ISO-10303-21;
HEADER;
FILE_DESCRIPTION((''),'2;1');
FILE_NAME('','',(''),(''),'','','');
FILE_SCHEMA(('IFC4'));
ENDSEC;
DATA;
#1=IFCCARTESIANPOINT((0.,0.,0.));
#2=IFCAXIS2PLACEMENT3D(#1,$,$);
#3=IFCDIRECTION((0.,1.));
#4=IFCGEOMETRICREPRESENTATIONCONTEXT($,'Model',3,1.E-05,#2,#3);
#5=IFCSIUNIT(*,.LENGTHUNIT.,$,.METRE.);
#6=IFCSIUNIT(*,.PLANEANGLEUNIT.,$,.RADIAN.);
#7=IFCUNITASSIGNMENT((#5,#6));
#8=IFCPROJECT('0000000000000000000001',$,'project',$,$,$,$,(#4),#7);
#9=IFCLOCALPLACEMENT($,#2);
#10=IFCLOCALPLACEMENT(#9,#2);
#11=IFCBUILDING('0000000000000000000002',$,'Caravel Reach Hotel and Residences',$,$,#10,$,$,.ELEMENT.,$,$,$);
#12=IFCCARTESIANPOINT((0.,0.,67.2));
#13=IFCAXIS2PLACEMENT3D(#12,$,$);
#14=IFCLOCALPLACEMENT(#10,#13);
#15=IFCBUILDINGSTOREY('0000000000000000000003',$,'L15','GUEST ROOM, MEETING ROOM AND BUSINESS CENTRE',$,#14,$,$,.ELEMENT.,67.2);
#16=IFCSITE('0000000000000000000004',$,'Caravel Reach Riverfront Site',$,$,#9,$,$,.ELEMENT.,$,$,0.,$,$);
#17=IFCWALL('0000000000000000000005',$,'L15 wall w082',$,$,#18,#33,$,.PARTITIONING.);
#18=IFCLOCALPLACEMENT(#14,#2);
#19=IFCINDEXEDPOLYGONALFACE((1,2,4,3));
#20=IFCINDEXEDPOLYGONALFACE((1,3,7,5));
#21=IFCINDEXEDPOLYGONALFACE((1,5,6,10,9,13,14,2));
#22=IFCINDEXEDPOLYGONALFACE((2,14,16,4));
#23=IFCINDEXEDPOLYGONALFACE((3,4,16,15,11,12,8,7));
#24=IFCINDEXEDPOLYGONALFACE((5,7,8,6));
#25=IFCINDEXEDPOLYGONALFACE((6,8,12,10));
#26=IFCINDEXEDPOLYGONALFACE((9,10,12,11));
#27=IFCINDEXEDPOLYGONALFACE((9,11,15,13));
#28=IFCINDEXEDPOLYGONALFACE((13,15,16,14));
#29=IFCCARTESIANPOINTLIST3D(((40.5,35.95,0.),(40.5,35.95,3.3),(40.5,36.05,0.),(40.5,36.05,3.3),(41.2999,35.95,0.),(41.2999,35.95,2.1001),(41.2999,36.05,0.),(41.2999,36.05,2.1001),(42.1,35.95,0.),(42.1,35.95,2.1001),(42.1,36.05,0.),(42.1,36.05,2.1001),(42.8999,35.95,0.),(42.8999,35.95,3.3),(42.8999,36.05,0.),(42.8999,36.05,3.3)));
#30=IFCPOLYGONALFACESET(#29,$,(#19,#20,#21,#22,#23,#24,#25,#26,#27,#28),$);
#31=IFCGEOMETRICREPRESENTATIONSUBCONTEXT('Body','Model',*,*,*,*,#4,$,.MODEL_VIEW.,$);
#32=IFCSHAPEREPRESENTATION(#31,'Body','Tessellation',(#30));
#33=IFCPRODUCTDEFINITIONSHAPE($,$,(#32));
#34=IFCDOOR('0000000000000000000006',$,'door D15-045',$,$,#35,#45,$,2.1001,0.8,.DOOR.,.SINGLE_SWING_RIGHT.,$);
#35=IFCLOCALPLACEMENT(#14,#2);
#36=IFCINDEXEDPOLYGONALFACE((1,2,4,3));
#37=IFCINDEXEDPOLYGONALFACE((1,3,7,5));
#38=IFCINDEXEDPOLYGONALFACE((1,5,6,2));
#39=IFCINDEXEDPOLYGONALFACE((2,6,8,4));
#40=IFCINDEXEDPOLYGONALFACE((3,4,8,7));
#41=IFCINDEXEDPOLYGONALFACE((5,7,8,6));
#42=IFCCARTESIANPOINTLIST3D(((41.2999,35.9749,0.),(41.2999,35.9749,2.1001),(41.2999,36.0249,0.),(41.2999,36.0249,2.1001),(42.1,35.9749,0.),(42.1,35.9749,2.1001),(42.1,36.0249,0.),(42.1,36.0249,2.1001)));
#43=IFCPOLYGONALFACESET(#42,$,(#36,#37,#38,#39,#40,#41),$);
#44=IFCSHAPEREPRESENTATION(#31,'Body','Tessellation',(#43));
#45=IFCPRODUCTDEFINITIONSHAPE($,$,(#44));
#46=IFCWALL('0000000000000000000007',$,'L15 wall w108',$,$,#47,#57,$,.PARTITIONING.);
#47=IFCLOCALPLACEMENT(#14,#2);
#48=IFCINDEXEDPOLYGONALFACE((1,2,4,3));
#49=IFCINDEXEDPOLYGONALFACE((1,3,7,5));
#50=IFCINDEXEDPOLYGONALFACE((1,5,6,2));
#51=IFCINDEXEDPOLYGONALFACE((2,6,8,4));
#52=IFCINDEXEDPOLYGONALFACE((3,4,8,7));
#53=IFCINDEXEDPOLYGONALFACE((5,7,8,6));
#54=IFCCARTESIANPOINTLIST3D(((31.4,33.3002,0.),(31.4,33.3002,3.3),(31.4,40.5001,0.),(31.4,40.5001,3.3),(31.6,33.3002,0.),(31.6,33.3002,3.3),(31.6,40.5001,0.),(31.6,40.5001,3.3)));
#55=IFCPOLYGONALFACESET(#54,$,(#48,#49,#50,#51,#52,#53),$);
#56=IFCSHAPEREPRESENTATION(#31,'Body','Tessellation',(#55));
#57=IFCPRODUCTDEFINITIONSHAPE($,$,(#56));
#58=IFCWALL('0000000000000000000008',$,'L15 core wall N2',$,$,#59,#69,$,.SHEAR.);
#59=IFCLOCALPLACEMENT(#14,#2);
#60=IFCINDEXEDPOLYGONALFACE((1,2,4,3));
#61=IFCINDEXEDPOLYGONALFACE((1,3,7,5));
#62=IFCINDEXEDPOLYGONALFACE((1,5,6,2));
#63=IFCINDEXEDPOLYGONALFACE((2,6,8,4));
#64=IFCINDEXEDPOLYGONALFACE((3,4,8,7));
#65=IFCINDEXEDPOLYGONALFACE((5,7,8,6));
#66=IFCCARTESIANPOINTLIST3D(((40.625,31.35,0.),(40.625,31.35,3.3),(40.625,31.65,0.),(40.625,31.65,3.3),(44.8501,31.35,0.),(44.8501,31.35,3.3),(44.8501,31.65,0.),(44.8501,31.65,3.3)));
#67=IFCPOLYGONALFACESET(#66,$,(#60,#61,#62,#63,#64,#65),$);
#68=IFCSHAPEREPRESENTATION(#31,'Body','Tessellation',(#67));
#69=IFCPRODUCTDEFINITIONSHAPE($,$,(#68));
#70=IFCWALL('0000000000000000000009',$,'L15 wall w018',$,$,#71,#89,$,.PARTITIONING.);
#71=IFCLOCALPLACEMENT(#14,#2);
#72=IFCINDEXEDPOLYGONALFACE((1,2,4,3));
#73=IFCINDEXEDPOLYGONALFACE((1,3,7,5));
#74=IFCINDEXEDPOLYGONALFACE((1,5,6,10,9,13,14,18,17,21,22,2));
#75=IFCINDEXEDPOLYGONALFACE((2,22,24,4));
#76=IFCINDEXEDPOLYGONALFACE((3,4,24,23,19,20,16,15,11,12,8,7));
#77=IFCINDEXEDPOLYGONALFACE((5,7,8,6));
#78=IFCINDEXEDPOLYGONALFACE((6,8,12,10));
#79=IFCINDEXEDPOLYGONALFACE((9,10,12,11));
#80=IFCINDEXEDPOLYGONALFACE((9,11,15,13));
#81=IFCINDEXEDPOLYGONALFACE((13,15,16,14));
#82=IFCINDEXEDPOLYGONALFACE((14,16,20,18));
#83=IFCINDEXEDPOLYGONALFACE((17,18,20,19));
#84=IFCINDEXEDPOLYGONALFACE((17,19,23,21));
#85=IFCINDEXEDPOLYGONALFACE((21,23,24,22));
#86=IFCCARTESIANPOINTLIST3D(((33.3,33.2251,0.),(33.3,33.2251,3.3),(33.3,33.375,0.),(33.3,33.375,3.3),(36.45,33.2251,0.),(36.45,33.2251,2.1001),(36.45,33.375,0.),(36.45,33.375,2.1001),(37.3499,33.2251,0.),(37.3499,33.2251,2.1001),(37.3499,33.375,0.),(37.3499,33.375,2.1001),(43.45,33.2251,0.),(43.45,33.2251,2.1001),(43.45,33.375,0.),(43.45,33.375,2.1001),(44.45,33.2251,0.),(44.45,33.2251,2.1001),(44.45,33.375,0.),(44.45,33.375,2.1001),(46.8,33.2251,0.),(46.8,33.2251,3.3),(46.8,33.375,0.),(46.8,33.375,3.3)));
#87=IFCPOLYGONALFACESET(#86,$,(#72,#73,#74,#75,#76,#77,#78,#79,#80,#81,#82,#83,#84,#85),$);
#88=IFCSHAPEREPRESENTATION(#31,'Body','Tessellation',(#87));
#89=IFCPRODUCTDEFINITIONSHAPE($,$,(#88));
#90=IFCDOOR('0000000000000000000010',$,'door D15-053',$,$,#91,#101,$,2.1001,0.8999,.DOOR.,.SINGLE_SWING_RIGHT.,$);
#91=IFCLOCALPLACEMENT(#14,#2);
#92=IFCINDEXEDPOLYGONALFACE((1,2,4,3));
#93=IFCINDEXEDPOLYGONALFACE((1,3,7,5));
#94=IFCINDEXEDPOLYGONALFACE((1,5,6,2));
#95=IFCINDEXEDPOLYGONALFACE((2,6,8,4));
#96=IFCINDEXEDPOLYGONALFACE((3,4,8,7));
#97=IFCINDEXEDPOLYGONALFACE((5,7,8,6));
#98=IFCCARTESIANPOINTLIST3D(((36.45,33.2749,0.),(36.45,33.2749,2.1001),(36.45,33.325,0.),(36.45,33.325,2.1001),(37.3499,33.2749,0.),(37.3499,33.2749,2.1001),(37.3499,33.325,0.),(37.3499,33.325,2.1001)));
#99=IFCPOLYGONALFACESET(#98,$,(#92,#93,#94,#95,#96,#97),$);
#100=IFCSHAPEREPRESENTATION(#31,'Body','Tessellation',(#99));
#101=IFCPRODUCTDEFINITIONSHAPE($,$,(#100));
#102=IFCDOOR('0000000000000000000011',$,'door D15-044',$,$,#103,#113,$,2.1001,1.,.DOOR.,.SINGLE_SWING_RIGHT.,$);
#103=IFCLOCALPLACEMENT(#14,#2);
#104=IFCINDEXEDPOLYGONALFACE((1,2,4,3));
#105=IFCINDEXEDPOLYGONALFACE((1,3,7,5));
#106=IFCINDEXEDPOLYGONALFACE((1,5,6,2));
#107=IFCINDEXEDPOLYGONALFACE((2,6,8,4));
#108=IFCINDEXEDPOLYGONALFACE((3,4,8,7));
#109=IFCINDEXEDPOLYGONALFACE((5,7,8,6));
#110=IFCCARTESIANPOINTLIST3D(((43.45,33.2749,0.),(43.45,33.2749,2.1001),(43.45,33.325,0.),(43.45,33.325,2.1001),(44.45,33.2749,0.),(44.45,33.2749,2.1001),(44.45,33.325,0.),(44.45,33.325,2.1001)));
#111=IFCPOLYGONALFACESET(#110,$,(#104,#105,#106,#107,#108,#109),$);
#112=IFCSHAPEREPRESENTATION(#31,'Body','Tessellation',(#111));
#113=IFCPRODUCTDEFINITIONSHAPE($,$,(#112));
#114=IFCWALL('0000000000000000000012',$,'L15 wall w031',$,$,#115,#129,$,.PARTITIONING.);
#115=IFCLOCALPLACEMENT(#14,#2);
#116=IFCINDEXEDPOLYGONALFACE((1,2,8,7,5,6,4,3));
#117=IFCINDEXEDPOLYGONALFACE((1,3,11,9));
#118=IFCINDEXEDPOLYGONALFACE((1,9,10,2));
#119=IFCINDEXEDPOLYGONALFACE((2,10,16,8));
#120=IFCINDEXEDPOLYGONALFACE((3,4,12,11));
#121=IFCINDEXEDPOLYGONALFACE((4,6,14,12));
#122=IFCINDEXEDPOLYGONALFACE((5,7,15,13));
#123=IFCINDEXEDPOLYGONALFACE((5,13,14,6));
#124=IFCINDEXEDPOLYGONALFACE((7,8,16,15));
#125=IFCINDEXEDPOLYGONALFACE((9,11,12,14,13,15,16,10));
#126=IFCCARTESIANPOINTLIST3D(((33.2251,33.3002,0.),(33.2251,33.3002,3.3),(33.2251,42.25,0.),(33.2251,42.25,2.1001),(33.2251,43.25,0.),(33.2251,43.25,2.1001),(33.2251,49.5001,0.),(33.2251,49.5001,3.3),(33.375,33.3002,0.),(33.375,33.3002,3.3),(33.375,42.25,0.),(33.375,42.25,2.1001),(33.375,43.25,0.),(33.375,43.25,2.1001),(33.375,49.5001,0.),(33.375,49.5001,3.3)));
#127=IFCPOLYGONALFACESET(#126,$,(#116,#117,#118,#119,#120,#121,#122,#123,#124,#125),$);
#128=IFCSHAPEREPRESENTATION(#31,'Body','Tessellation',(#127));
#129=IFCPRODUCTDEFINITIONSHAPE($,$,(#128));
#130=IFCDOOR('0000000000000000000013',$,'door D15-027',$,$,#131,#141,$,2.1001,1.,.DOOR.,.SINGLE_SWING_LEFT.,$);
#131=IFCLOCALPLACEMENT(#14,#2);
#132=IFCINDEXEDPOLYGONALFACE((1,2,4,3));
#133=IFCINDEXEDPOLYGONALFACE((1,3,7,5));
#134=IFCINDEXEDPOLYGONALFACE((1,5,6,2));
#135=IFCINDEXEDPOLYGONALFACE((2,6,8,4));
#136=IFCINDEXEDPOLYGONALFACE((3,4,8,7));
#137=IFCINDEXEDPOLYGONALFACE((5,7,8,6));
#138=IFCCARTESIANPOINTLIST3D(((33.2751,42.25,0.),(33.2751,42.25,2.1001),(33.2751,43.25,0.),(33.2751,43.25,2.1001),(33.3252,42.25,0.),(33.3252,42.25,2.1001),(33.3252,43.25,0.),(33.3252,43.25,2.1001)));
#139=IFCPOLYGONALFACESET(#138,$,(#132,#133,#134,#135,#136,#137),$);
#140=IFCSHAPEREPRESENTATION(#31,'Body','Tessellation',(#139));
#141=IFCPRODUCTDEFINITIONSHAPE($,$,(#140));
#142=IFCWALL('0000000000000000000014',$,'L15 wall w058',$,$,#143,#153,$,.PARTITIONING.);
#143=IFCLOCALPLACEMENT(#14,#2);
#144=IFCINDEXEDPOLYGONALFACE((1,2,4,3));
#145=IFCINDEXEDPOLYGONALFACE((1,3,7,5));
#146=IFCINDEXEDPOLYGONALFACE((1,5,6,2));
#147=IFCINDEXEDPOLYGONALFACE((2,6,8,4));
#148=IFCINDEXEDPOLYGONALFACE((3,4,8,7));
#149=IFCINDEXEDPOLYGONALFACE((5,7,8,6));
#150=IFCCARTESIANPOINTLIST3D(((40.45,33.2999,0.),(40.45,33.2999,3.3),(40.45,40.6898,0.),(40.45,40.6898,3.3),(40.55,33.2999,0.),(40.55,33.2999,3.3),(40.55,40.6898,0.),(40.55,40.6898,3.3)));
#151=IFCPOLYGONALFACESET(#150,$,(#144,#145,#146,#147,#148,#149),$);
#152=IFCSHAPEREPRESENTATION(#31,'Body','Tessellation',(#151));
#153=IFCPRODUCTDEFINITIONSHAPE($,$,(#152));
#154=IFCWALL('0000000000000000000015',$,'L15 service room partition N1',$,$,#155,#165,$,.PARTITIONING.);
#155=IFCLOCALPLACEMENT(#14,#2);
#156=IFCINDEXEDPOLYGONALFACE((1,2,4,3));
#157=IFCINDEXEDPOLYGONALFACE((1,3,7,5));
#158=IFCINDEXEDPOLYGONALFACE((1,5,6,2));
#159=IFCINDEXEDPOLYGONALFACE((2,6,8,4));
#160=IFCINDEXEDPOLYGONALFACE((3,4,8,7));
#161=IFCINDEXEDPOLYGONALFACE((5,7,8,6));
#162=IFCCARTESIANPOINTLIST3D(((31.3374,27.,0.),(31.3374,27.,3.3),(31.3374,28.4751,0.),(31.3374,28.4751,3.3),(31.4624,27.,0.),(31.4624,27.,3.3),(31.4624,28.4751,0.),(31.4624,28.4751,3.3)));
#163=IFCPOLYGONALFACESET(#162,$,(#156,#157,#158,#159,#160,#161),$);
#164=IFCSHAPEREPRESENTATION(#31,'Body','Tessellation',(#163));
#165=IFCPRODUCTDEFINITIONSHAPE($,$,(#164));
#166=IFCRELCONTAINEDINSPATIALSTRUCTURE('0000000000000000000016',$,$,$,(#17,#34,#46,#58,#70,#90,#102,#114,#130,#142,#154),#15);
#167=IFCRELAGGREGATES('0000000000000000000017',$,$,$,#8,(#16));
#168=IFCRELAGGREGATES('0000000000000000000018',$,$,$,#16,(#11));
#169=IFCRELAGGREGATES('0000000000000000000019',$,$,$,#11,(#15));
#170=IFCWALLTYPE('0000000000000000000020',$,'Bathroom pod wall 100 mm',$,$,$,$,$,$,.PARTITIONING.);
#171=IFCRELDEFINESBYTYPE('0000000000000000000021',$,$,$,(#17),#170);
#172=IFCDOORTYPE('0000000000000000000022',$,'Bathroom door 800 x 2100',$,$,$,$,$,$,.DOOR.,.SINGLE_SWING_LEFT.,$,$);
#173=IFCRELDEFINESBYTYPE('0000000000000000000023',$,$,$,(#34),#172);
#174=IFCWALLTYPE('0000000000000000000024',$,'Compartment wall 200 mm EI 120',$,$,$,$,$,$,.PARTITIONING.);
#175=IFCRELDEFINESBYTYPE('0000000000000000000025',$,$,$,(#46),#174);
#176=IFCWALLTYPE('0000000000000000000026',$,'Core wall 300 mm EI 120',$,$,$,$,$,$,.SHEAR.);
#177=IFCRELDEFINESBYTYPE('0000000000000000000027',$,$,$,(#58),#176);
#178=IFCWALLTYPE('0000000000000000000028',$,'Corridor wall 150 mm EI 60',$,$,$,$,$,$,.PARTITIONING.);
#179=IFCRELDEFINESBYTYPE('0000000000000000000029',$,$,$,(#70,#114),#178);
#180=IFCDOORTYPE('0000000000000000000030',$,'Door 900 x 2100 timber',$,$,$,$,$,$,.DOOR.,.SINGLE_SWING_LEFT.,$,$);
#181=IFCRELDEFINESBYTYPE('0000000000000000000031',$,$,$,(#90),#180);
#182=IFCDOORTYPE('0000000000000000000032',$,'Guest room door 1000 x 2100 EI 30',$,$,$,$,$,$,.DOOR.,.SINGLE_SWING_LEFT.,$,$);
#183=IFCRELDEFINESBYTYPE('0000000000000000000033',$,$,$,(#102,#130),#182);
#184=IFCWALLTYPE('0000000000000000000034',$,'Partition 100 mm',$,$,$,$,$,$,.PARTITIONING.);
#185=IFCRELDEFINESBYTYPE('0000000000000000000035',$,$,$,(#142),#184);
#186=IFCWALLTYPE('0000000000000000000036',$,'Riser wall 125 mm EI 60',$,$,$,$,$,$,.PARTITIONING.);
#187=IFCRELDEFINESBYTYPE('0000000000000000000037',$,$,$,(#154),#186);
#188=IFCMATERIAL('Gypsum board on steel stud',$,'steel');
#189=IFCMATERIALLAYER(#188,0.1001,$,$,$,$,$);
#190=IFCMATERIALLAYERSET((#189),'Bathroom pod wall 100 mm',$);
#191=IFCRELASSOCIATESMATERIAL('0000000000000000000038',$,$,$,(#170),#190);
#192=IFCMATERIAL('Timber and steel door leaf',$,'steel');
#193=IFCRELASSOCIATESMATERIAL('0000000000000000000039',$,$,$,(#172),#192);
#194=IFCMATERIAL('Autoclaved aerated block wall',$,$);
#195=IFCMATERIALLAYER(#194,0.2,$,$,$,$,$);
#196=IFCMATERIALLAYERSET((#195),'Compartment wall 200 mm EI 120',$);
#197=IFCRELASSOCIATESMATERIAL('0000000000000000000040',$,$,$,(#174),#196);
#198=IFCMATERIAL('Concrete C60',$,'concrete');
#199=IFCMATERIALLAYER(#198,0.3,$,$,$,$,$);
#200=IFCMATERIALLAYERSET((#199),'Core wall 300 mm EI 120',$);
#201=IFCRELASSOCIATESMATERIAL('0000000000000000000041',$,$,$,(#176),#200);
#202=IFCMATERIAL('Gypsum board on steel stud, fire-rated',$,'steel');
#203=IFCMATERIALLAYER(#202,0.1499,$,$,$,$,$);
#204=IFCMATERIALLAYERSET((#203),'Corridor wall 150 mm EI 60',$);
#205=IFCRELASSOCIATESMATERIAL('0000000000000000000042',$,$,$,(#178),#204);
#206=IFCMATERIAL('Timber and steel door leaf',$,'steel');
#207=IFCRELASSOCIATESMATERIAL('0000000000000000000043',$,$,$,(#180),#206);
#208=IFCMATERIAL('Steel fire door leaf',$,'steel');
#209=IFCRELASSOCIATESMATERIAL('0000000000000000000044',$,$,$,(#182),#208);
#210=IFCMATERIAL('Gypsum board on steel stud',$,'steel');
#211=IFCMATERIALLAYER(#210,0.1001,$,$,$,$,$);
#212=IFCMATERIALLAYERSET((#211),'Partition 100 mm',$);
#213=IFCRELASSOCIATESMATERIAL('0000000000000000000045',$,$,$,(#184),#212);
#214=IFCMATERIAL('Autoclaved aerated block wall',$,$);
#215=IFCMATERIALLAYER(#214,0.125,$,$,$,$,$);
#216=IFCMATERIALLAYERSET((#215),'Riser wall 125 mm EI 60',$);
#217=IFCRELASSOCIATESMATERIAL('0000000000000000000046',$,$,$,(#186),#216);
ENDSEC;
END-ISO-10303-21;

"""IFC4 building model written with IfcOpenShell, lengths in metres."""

from ifc_helpers import new_model, si_unit, direction, frame, frame_2d, origin, place, context, subcontext, project, spatial, rectangle, extrude, material, layer, layer_set, type_object, element, fill, save


model = new_model("IFC4")

# Units and contexts
model_context = context("Model", 3, precision=1e-05, world=origin(), true_north=direction((0.0, 1.0)))
body_context = subcontext(model_context, "Body", "Model", "MODEL_VIEW")
ifc_project = project(units=[si_unit("LENGTHUNIT", "METRE"), si_unit("PLANEANGLEUNIT", "RADIAN")], contexts=[model_context])

# Site, building, storey
site_placement = place(None, origin())
site = spatial("IfcSite", under=ifc_project, at=site_placement, Name="Caravel Reach Riverfront Site", CompositionType="ELEMENT", RefElevation=0.0)
building_placement = place(site_placement, origin())
building = spatial("IfcBuilding", under=site, at=building_placement, Name="Caravel Reach Hotel and Residences", CompositionType="ELEMENT")
storey_placement = place(building_placement, frame((0.0, 0.0, 67.2)))
storey = spatial("IfcBuildingStorey", under=building, at=storey_placement, Name="L15", Description="GUEST ROOM, MEETING ROOM AND BUSINESS CENTRE", CompositionType="ELEMENT", Elevation=67.2)

# Wall, opening, door
ifc_material_1 = material(Name="Gypsum board on steel stud", Category="steel")
ifc_layer_1 = layer(ifc_material_1, 0.1001)
ifc_layer_set_1 = layer_set([ifc_layer_1], Name="Bathroom pod wall 100 mm")
wall_type_1 = type_object("IfcWallType", Name="Bathroom pod wall 100 mm", PredefinedType="PARTITIONING", material=ifc_layer_set_1)
wall_1_placement = place(storey_placement, frame((40.5, 36.0, 0.0), z_axis=(0.0, 0.0, 1.0), x_axis=(1.0, 0.0, 0.0)))
wall_1 = element("IfcWall", 1, at=wall_1_placement, inside=storey, type_object=wall_type_1, Name="L15 wall w082", PredefinedType="PARTITIONING", context=body_context, shape_type="SweptSolid", body=[
    extrude(rectangle(XDim=2.3999, YDim=0.1001, at=frame_2d((1.2, 0.0))), origin(), (0.0, 0.0, 1.0), 3.3),
])
opening_1_placement = place(wall_1_placement, frame((0.8, 0.0, 0.0)))
opening_1 = element("IfcOpeningElement", 2, at=opening_1_placement, cuts=wall_1, PredefinedType="OPENING", context=body_context, shape_type="SweptSolid", body=[
    extrude(rectangle(XDim=0.8, YDim=2.1001, at=frame_2d((0.3999, 1.05))), frame((0.0, 0.0601, 0.0), z_axis=(0.0, -1.0, 0.0), x_axis=(1.0, 0.0, 0.0)), (0.0, 0.0, 1.0), 0.1201),
])
ifc_material_2 = material(Name="Timber and steel door leaf", Category="steel")
door_type_1 = type_object("IfcDoorType", Name="Bathroom door 800 x 2100", OperationType="SINGLE_SWING_LEFT", PredefinedType="DOOR", material=ifc_material_2)
door_1_placement = place(opening_1_placement, origin())
door_1 = element("IfcDoor", 3, at=door_1_placement, inside=storey, type_object=door_type_1, Name="door D15-045", OperationType="SINGLE_SWING_RIGHT", OverallHeight=2.1001, OverallWidth=0.8, PredefinedType="DOOR", context=body_context, shape_type="SweptSolid", body=[
    extrude(rectangle(XDim=0.8, YDim=2.1001, at=frame_2d((0.3999, 1.05))), frame((0.0, 0.0249, 0.0), z_axis=(0.0, -1.0, 0.0), x_axis=(1.0, 0.0, 0.0)), (0.0, 0.0, 1.0), 0.05),
])
fill(opening_1, door_1)

# Walls
ifc_material_3 = material(Name="Autoclaved aerated block wall")
ifc_layer_2 = layer(ifc_material_3, 0.2)
ifc_layer_set_2 = layer_set([ifc_layer_2], Name="Compartment wall 200 mm EI 120")
wall_type_2 = type_object("IfcWallType", Name="Compartment wall 200 mm EI 120", PredefinedType="PARTITIONING", material=ifc_layer_set_2)
wall_2_placement = place(storey_placement, frame((31.5, 33.3, 0.0), z_axis=(0.0, 0.0, 1.0), x_axis=(0.0, 1.0, 0.0)))
element("IfcWall", 4, at=wall_2_placement, inside=storey, type_object=wall_type_2, Name="L15 wall w108", PredefinedType="PARTITIONING", context=body_context, shape_type="SweptSolid", body=[
    extrude(rectangle(XDim=7.2, YDim=0.2, at=frame_2d((3.6001, 0.0))), origin(), (0.0, 0.0, 1.0), 3.3),
])
ifc_material_4 = material(Name="Concrete C60", Category="concrete")
ifc_layer_3 = layer(ifc_material_4, 0.3)
ifc_layer_set_3 = layer_set([ifc_layer_3], Name="Core wall 300 mm EI 120")
wall_type_3 = type_object("IfcWallType", Name="Core wall 300 mm EI 120", PredefinedType="SHEAR", material=ifc_layer_set_3)
wall_3_placement = place(storey_placement, frame((40.625, 31.5, 0.0), z_axis=(0.0, 0.0, 1.0), x_axis=(1.0, 0.0, 0.0)))
element("IfcWall", 5, at=wall_3_placement, inside=storey, type_object=wall_type_3, Name="L15 core wall N2", PredefinedType="SHEAR", context=body_context, shape_type="SweptSolid", body=[
    extrude(rectangle(XDim=4.2251, YDim=0.3, at=frame_2d((2.1125, 0.0))), origin(), (0.0, 0.0, 1.0), 3.3),
])

# Wall, openings, doors
ifc_material_5 = material(Name="Gypsum board on steel stud, fire-rated", Category="steel")
ifc_layer_4 = layer(ifc_material_5, 0.1499)
ifc_layer_set_4 = layer_set([ifc_layer_4], Name="Corridor wall 150 mm EI 60")
wall_type_4 = type_object("IfcWallType", Name="Corridor wall 150 mm EI 60", PredefinedType="PARTITIONING", material=ifc_layer_set_4)
wall_4_placement = place(storey_placement, frame((33.3, 33.3, 0.0), z_axis=(0.0, 0.0, 1.0), x_axis=(1.0, 0.0, 0.0)))
wall_4 = element("IfcWall", 6, at=wall_4_placement, inside=storey, type_object=wall_type_4, Name="L15 wall w018", PredefinedType="PARTITIONING", context=body_context, shape_type="SweptSolid", body=[
    extrude(rectangle(XDim=13.5, YDim=0.1499, at=frame_2d((6.75, 0.0))), origin(), (0.0, 0.0, 1.0), 3.3),
])
opening_2_placement = place(wall_4_placement, frame((10.1499, 0.0, 0.0)))
opening_2 = element("IfcOpeningElement", 7, at=opening_2_placement, cuts=wall_4, PredefinedType="OPENING", context=body_context, shape_type="SweptSolid", body=[
    extrude(rectangle(XDim=1.0, YDim=2.1001, at=frame_2d((0.5, 1.05))), frame((0.0, 0.085, 0.0), z_axis=(0.0, -1.0, 0.0), x_axis=(1.0, 0.0, 0.0)), (0.0, 0.0, 1.0), 0.1699),
])
opening_3_placement = place(wall_4_placement, frame((3.1499, 0.0, 0.0)))
opening_3 = element("IfcOpeningElement", 8, at=opening_3_placement, cuts=wall_4, PredefinedType="OPENING", context=body_context, shape_type="SweptSolid", body=[
    extrude(rectangle(XDim=0.8999, YDim=2.1001, at=frame_2d((0.45, 1.05))), frame((0.0, 0.085, 0.0), z_axis=(0.0, -1.0, 0.0), x_axis=(1.0, 0.0, 0.0)), (0.0, 0.0, 1.0), 0.1699),
])
ifc_material_6 = material(Name="Timber and steel door leaf", Category="steel")
door_type_2 = type_object("IfcDoorType", Name="Door 900 x 2100 timber", OperationType="SINGLE_SWING_LEFT", PredefinedType="DOOR", material=ifc_material_6)
door_2_placement = place(opening_3_placement, origin())
door_2 = element("IfcDoor", 9, at=door_2_placement, inside=storey, type_object=door_type_2, Name="door D15-053", OperationType="SINGLE_SWING_RIGHT", OverallHeight=2.1001, OverallWidth=0.8999, PredefinedType="DOOR", context=body_context, shape_type="SweptSolid", body=[
    extrude(rectangle(XDim=0.8999, YDim=2.1001, at=frame_2d((0.45, 1.05))), frame((0.0, 0.0249, 0.0), z_axis=(0.0, -1.0, 0.0), x_axis=(1.0, 0.0, 0.0)), (0.0, 0.0, 1.0), 0.05),
])
fill(opening_3, door_2)
ifc_material_7 = material(Name="Steel fire door leaf", Category="steel")
door_type_3 = type_object("IfcDoorType", Name="Guest room door 1000 x 2100 EI 30", OperationType="SINGLE_SWING_LEFT", PredefinedType="DOOR", material=ifc_material_7)
door_3_placement = place(opening_2_placement, origin())
door_3 = element("IfcDoor", 10, at=door_3_placement, inside=storey, type_object=door_type_3, Name="door D15-044", OperationType="SINGLE_SWING_RIGHT", OverallHeight=2.1001, OverallWidth=1.0, PredefinedType="DOOR", context=body_context, shape_type="SweptSolid", body=[
    extrude(rectangle(XDim=1.0, YDim=2.1001, at=frame_2d((0.5, 1.05))), frame((0.0, 0.0249, 0.0), z_axis=(0.0, -1.0, 0.0), x_axis=(1.0, 0.0, 0.0)), (0.0, 0.0, 1.0), 0.05),
])
fill(opening_2, door_3)

# Wall, opening, door
wall_5_placement = place(storey_placement, frame((33.3, 33.3, 0.0), z_axis=(0.0, 0.0, 1.0), x_axis=(0.0, 1.0, 0.0)))
wall_5 = element("IfcWall", 11, at=wall_5_placement, inside=storey, type_object=wall_type_4, Name="L15 wall w031", PredefinedType="PARTITIONING", context=body_context, shape_type="SweptSolid", body=[
    extrude(rectangle(XDim=16.2, YDim=0.1499, at=frame_2d((8.1001, 0.0))), origin(), (0.0, 0.0, 1.0), 3.3),
])
opening_4_placement = place(wall_5_placement, frame((8.95, 0.0, 0.0)))
opening_4 = element("IfcOpeningElement", 12, at=opening_4_placement, cuts=wall_5, PredefinedType="OPENING", context=body_context, shape_type="SweptSolid", body=[
    extrude(rectangle(XDim=1.0, YDim=2.1001, at=frame_2d((0.5, 1.05))), frame((0.0, 0.085, 0.0), z_axis=(0.0, -1.0, 0.0), x_axis=(1.0, 0.0, 0.0)), (0.0, 0.0, 1.0), 0.1699),
])
door_4_placement = place(opening_4_placement, origin())
door_4 = element("IfcDoor", 13, at=door_4_placement, inside=storey, type_object=door_type_3, Name="door D15-027", OperationType="SINGLE_SWING_LEFT", OverallHeight=2.1001, OverallWidth=1.0, PredefinedType="DOOR", context=body_context, shape_type="SweptSolid", body=[
    extrude(rectangle(XDim=1.0, YDim=2.1001, at=frame_2d((0.5, 1.05))), frame((0.0, 0.0249, 0.0), z_axis=(0.0, -1.0, 0.0), x_axis=(1.0, 0.0, 0.0)), (0.0, 0.0, 1.0), 0.05),
])
fill(opening_4, door_4)

# Walls
ifc_material_8 = material(Name="Gypsum board on steel stud", Category="steel")
ifc_layer_5 = layer(ifc_material_8, 0.1001)
ifc_layer_set_5 = layer_set([ifc_layer_5], Name="Partition 100 mm")
wall_type_5 = type_object("IfcWallType", Name="Partition 100 mm", PredefinedType="PARTITIONING", material=ifc_layer_set_5)
wall_6_placement = place(storey_placement, frame((40.5, 33.3, 0.0), z_axis=(0.0, 0.0, 1.0), x_axis=(0.0, 1.0, 0.0)))
element("IfcWall", 14, at=wall_6_placement, inside=storey, type_object=wall_type_5, Name="L15 wall w058", PredefinedType="PARTITIONING", context=body_context, shape_type="SweptSolid", body=[
    extrude(rectangle(XDim=7.3899, YDim=0.1001, at=frame_2d((3.6948, 0.0))), origin(), (0.0, 0.0, 1.0), 3.3),
])
ifc_material_9 = material(Name="Autoclaved aerated block wall")
ifc_layer_6 = layer(ifc_material_9, 0.125)
ifc_layer_set_6 = layer_set([ifc_layer_6], Name="Riser wall 125 mm EI 60")
wall_type_6 = type_object("IfcWallType", Name="Riser wall 125 mm EI 60", PredefinedType="PARTITIONING", material=ifc_layer_set_6)
wall_7_placement = place(storey_placement, frame((31.3999, 28.4751, 0.0), z_axis=(0.0, 0.0, 1.0), x_axis=(0.0, -1.0, 0.0)))
element("IfcWall", 15, at=wall_7_placement, inside=storey, type_object=wall_type_6, Name="L15 service room partition N1", PredefinedType="PARTITIONING", context=body_context, shape_type="SweptSolid", body=[
    extrude(rectangle(XDim=1.4751, YDim=0.125, at=frame_2d((0.7375, 0.0))), origin(), (0.0, 0.0, 1.0), 3.3),
])

save(model, "model.ifc")
